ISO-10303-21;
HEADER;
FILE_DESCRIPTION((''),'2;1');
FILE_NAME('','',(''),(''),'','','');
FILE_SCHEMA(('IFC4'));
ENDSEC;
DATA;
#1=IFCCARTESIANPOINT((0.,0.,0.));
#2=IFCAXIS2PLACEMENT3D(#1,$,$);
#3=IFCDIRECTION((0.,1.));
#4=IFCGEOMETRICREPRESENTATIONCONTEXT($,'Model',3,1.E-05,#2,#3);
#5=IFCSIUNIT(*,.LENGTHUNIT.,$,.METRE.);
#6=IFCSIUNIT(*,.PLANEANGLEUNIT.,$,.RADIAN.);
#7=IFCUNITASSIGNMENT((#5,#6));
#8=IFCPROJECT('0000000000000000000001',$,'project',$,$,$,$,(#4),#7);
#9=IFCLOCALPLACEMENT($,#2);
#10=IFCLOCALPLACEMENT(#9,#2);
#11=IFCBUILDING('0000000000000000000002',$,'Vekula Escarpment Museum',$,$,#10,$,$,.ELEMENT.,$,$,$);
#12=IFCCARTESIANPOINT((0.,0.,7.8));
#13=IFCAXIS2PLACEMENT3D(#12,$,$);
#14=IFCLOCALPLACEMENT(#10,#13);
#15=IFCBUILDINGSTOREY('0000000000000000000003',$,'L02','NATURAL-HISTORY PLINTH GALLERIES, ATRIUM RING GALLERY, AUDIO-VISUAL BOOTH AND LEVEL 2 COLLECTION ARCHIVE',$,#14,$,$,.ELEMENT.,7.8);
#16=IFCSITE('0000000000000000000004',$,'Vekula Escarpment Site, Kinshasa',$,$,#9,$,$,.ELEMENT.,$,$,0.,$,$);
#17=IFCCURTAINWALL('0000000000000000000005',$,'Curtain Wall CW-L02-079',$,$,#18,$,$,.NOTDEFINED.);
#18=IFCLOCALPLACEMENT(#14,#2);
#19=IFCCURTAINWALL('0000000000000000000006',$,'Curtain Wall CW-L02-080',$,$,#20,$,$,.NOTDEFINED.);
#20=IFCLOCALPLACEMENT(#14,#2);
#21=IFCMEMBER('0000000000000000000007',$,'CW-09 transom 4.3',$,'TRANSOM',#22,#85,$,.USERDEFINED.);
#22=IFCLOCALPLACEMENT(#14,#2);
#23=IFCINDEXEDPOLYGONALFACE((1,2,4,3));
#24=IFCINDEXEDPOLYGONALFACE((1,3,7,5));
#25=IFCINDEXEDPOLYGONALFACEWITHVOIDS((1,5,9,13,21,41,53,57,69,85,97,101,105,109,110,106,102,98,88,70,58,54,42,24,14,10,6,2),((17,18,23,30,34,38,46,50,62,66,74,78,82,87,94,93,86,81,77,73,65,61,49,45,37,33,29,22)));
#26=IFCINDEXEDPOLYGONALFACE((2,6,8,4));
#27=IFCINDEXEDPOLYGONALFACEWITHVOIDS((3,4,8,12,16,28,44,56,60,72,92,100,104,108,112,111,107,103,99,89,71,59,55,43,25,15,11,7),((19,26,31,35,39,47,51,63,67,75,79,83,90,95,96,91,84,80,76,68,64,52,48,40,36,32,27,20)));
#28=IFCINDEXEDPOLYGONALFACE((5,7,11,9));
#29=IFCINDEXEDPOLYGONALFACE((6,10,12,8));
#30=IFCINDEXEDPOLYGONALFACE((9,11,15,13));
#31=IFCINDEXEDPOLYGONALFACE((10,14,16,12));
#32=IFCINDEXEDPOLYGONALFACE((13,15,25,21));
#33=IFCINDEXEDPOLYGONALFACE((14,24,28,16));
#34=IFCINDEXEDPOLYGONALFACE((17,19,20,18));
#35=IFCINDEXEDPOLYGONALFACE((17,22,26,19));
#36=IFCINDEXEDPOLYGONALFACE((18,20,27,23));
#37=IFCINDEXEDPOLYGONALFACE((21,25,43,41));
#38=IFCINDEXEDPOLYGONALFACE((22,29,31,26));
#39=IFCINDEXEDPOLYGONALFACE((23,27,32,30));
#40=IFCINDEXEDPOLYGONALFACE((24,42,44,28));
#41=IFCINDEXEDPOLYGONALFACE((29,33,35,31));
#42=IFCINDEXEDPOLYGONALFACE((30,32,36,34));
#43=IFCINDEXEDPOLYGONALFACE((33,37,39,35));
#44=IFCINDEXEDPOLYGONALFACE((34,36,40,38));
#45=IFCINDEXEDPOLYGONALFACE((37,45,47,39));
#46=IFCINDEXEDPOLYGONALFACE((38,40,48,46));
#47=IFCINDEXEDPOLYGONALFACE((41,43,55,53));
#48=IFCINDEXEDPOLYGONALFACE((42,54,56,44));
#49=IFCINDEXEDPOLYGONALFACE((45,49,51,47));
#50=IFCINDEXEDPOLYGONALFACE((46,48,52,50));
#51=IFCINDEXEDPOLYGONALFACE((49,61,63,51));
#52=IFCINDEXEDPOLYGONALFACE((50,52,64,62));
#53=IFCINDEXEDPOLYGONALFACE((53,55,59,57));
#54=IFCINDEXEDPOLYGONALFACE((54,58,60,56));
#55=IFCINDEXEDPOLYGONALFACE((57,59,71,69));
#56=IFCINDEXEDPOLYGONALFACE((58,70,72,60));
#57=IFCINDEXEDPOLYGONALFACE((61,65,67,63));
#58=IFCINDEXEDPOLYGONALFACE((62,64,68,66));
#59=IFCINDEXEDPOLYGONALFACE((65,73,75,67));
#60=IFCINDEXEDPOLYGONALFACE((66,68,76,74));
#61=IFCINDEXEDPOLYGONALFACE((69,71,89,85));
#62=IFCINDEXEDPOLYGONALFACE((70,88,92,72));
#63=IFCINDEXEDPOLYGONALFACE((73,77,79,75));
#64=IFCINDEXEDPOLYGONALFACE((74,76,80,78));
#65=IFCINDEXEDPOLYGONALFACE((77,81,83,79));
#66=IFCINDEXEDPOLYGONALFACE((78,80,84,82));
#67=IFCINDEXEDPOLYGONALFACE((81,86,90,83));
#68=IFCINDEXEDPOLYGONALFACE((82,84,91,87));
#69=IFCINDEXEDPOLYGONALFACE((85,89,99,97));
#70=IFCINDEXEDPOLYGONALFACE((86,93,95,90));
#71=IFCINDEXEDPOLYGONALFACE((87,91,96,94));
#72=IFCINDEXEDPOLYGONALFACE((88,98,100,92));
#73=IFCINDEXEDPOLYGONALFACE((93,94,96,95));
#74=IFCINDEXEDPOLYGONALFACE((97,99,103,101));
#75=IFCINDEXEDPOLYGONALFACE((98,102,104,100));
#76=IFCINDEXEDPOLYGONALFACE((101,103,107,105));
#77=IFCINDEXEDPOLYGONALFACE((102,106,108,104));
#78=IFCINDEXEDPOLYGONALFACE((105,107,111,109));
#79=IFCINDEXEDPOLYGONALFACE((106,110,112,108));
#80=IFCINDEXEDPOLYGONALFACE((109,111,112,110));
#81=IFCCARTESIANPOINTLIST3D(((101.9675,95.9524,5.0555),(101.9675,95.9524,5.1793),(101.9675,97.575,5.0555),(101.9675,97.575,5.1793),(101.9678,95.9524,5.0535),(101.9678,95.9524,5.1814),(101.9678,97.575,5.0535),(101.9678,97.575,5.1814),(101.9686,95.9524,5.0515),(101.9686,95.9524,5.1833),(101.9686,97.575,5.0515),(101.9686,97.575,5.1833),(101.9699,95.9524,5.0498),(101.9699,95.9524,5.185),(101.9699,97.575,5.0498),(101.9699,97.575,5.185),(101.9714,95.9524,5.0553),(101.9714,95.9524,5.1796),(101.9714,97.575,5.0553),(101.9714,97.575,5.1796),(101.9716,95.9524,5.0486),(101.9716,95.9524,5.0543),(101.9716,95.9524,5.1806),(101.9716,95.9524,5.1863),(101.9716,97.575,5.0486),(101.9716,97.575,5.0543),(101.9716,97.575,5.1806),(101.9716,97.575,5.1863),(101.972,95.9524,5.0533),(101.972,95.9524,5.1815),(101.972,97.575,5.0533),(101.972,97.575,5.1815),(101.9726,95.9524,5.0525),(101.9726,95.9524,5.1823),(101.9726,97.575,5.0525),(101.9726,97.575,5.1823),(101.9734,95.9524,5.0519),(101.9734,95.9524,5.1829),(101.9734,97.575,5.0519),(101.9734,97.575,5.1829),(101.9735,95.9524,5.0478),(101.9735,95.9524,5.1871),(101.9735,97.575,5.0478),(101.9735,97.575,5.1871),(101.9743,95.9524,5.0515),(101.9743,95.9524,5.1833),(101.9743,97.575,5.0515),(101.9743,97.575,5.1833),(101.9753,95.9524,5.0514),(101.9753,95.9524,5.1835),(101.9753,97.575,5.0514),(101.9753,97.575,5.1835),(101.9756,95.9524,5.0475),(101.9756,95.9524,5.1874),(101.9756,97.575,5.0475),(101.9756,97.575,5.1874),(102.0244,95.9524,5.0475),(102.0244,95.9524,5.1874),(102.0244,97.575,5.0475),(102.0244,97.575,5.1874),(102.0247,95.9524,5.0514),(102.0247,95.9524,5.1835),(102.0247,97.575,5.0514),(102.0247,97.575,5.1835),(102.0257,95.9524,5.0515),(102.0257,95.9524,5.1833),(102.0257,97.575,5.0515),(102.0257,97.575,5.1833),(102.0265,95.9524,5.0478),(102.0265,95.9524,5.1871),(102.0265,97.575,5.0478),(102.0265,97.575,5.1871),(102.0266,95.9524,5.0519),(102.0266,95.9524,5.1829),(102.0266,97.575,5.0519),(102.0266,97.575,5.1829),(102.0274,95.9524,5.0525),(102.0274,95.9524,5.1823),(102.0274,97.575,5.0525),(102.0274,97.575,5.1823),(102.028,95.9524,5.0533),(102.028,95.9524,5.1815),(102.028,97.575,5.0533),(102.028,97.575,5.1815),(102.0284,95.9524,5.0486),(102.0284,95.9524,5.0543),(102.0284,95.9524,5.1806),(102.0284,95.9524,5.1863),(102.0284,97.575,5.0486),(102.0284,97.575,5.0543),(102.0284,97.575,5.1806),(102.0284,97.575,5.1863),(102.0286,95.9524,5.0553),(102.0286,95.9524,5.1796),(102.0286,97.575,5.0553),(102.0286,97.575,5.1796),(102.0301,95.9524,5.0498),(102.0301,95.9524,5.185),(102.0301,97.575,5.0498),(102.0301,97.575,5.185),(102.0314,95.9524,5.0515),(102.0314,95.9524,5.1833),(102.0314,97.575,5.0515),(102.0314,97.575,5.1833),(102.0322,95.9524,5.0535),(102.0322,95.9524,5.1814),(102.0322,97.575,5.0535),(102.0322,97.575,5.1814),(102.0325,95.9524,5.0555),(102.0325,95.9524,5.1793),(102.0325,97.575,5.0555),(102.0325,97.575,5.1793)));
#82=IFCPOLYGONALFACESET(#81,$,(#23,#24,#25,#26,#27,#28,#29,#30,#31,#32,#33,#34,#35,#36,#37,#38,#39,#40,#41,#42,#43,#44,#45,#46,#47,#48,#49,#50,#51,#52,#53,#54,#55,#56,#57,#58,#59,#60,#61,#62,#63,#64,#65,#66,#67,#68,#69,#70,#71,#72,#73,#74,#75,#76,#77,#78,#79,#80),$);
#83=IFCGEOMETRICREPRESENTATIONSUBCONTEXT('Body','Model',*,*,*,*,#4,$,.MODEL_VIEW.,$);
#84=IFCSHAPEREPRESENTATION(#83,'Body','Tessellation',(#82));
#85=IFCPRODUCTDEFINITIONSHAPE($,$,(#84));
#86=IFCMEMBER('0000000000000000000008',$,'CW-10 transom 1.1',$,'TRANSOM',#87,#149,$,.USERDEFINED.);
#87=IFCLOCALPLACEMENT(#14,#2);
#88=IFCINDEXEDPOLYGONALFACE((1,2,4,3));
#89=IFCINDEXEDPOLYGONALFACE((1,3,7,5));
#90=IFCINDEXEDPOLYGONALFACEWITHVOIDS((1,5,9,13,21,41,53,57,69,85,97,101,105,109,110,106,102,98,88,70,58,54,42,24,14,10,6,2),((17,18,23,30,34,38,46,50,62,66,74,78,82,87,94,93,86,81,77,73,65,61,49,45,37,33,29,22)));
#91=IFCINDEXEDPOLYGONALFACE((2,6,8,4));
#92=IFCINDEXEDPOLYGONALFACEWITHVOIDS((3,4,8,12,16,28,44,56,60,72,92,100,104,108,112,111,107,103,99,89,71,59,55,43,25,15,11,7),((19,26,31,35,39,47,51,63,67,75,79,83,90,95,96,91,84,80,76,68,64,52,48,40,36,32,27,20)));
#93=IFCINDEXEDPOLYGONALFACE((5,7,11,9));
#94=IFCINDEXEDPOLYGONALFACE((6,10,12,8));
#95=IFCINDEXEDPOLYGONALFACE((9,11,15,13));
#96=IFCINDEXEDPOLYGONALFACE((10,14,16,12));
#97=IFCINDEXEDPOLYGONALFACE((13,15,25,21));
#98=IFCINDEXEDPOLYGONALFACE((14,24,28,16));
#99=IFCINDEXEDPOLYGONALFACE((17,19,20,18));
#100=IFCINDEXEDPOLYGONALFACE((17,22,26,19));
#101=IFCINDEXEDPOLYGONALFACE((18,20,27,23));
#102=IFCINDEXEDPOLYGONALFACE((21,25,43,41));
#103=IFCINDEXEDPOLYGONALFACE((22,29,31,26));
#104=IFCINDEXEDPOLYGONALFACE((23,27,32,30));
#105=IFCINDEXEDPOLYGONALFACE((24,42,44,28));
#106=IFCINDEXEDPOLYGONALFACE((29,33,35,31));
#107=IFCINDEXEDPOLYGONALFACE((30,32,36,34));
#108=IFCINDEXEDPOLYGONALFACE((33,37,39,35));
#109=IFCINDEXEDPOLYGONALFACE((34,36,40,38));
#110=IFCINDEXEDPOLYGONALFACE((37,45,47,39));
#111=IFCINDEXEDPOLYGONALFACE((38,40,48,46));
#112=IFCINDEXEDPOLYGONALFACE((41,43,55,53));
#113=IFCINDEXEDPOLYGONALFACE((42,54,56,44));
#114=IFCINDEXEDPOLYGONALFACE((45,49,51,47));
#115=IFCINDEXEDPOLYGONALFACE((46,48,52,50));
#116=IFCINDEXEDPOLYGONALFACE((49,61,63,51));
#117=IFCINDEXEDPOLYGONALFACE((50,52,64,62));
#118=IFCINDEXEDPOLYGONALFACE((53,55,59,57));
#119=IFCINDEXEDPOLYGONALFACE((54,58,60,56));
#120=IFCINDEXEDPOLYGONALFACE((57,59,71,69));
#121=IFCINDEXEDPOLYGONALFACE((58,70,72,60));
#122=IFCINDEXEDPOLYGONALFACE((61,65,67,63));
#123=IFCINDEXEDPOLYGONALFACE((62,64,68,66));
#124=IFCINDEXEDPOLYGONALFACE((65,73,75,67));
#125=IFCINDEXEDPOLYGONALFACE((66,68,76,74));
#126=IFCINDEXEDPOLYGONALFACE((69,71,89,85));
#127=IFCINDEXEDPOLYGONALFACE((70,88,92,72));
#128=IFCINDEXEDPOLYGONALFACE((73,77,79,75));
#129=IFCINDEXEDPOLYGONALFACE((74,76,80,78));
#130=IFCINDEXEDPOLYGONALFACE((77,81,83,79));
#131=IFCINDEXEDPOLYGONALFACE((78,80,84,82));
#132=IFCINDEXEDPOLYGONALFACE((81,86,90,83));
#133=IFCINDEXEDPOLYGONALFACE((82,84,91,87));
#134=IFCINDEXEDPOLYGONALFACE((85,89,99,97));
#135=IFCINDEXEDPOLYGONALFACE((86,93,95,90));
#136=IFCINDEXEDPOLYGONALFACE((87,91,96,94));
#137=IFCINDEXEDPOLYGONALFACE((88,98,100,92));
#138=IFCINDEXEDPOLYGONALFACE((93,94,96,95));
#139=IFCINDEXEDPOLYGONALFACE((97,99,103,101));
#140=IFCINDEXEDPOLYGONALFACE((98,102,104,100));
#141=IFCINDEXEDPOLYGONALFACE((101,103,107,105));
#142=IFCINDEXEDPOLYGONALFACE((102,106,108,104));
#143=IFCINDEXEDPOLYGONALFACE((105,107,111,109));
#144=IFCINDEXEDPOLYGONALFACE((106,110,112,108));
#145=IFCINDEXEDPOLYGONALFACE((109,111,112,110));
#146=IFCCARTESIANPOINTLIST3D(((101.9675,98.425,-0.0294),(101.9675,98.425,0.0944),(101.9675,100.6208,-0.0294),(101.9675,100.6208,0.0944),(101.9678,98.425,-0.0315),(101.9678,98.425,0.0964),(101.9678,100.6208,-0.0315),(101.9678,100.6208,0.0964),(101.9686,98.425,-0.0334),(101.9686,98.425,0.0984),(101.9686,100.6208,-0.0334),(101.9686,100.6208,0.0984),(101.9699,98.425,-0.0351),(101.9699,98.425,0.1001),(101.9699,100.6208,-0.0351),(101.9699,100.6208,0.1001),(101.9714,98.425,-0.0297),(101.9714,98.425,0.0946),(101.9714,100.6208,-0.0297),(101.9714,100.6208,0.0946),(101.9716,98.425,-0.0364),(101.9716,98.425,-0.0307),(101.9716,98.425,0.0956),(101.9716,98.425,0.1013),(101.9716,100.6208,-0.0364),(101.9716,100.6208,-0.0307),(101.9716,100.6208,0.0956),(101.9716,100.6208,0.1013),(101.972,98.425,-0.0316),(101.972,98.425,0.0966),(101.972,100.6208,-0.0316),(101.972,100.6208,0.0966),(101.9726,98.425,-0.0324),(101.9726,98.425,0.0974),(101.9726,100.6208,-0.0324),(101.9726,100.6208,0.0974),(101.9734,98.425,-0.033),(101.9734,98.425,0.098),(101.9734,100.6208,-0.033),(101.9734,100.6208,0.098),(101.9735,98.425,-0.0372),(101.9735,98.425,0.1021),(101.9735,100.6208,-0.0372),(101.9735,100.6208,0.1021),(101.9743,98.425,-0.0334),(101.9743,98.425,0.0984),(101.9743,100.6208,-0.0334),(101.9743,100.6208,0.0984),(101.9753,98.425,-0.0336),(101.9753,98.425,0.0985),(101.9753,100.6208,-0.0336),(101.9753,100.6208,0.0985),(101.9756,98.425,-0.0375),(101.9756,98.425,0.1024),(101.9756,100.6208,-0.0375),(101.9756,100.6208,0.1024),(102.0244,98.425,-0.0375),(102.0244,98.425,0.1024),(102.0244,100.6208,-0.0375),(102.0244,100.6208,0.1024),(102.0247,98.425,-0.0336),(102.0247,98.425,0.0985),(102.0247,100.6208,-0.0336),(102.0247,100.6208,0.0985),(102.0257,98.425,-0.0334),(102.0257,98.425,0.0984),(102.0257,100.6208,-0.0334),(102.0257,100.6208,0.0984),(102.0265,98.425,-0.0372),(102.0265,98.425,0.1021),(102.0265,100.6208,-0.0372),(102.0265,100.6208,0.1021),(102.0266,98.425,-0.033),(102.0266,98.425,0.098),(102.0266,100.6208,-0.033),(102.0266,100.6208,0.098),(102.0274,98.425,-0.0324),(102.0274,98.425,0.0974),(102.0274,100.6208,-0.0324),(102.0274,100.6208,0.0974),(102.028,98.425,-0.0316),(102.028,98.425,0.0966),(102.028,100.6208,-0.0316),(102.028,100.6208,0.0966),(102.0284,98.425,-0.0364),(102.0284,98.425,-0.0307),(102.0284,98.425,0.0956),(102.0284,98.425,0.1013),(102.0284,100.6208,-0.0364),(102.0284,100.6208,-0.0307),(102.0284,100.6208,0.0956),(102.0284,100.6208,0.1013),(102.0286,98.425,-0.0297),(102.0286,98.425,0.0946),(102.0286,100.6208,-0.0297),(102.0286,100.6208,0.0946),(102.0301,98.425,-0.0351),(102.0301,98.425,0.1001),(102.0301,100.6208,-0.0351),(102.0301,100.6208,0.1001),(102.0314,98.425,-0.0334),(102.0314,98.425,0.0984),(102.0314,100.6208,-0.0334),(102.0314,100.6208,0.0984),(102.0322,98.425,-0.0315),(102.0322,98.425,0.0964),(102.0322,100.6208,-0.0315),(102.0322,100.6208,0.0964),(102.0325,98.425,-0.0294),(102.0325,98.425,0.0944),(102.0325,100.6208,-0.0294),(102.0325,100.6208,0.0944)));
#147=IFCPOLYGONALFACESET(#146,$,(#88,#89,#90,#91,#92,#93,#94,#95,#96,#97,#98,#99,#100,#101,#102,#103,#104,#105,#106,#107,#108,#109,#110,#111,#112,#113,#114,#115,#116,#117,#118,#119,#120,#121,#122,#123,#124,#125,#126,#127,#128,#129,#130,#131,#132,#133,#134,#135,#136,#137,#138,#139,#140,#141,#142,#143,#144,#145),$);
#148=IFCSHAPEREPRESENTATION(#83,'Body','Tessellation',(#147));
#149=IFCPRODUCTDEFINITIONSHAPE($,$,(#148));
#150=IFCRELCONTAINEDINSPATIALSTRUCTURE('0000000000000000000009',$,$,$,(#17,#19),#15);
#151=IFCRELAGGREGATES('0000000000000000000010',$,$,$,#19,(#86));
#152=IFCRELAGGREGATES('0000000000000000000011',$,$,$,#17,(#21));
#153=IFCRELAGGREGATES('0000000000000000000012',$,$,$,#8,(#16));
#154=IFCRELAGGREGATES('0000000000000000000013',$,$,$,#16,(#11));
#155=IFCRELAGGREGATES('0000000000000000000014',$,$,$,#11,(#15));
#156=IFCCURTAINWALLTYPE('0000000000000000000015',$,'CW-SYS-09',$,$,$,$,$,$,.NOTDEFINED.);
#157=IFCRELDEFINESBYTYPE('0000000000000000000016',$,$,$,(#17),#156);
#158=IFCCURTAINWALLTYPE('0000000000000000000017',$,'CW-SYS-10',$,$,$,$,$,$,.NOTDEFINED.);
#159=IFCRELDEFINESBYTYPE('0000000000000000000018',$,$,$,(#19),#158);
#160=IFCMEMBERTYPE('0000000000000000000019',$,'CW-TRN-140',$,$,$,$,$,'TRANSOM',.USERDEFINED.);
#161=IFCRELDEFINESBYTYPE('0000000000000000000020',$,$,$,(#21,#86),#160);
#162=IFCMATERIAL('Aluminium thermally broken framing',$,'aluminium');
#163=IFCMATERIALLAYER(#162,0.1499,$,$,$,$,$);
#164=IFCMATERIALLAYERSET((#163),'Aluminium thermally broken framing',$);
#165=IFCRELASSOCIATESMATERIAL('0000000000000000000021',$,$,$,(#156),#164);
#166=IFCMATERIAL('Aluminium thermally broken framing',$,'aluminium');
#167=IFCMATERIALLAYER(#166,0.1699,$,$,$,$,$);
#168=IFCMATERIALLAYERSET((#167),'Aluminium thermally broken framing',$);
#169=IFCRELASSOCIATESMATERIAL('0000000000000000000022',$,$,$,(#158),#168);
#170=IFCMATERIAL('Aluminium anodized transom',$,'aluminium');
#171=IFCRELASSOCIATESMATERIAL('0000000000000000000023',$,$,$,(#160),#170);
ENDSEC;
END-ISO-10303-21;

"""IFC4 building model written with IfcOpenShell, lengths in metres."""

from ifc_helpers import new_model, si_unit, direction, frame, origin, origin_2d, place, context, subcontext, project, spatial, hollow_rectangle, extrude, material, layer, layer_set, material_profile, profile_set, type_object, element, aggregate, save


model = new_model("IFC4")

# Units and contexts
model_context = context("Model", 3, precision=1e-05, world=origin(), true_north=direction((0.0, 1.0)))
body_context = subcontext(model_context, "Body", "Model", "MODEL_VIEW")
ifc_project = project(units=[si_unit("LENGTHUNIT", "METRE"), si_unit("PLANEANGLEUNIT", "RADIAN")], contexts=[model_context])

# Site, building, storey
site_placement = place(None, origin())
site = spatial("IfcSite", under=ifc_project, at=site_placement, Name="Vekula Escarpment Site, Kinshasa", CompositionType="ELEMENT", RefElevation=0.0)
building_placement = place(site_placement, origin())
building = spatial("IfcBuilding", under=site, at=building_placement, Name="Vekula Escarpment Museum", CompositionType="ELEMENT")
storey_placement = place(building_placement, frame((0.0, 0.0, 7.8)))
storey = spatial("IfcBuildingStorey", under=building, at=storey_placement, Name="L02", Description="NATURAL-HISTORY PLINTH GALLERIES, ATRIUM RING GALLERY, AUDIO-VISUAL BOOTH AND LEVEL 2 COLLECTION ARCHIVE", CompositionType="ELEMENT", Elevation=7.8)

# Curtain wall
ifc_material_1 = material(Name="Aluminium thermally broken framing", Category="aluminium")
ifc_layer_1 = layer(ifc_material_1, 0.1499)
ifc_layer_set_1 = layer_set([ifc_layer_1], Name="Aluminium thermally broken framing")
curtain_wall_type_1 = type_object("IfcCurtainWallType", Name="CW-SYS-09", PredefinedType="NOTDEFINED", material=ifc_layer_set_1)
curtain_wall_1_placement = place(storey_placement, origin())
curtain_wall_1 = element("IfcCurtainWall", 1, at=curtain_wall_1_placement, inside=storey, type_object=curtain_wall_type_1, Name="Curtain Wall CW-L02-079", PredefinedType="NOTDEFINED")

# Curtain wall
ifc_material_2 = material(Name="Aluminium thermally broken framing", Category="aluminium")
ifc_layer_2 = layer(ifc_material_2, 0.1699)
ifc_layer_set_2 = layer_set([ifc_layer_2], Name="Aluminium thermally broken framing")
curtain_wall_type_2 = type_object("IfcCurtainWallType", Name="CW-SYS-10", PredefinedType="NOTDEFINED", material=ifc_layer_set_2)
curtain_wall_2_placement = place(storey_placement, origin())
curtain_wall_2 = element("IfcCurtainWall", 2, at=curtain_wall_2_placement, inside=storey, type_object=curtain_wall_type_2, Name="Curtain Wall CW-L02-080", PredefinedType="NOTDEFINED")

# Members
ifc_material_3 = material(Name="Aluminium anodized transom", Category="aluminium")
ifc_material_profile_1 = material_profile(ifc_material_3, hollow_rectangle(XDim=0.0649, YDim=0.1399, WallThickness=0.0039, InnerFilletRadius=0.0039, OuterFilletRadius=0.0081, at=origin_2d()), Name="ALU 140x65x4")
ifc_profile_set_1 = profile_set([ifc_material_profile_1], Name="Aluminium anodized transom")
member_type_1 = type_object("IfcMemberType", Name="CW-TRN-140", ElementType="TRANSOM", PredefinedType="USERDEFINED", material=ifc_profile_set_1)
member_1_placement = place(storey_placement, frame((102.0, 95.9524, 5.1174), z_axis=(0.0, 1.0, 0.0), x_axis=(-1.0, 0.0, 0.0)))
member_1 = element("IfcMember", 3, at=member_1_placement, type_object=member_type_1, Name="CW-09 transom 4.3", ObjectType="TRANSOM", PredefinedType="USERDEFINED", context=body_context, shape_type="SweptSolid", body=[
    extrude(hollow_rectangle(XDim=0.0649, YDim=0.1399, WallThickness=0.0039, InnerFilletRadius=0.0039, OuterFilletRadius=0.0081, at=origin_2d()), origin(), (0.0, 0.0, 1.0), 1.6226),
])
member_2_placement = place(storey_placement, frame((102.0, 98.425, 0.0325), z_axis=(0.0, 1.0, 0.0), x_axis=(-1.0, 0.0, 0.0)))
member_2 = element("IfcMember", 4, at=member_2_placement, type_object=member_type_1, Name="CW-10 transom 1.1", ObjectType="TRANSOM", PredefinedType="USERDEFINED", context=body_context, shape_type="SweptSolid", body=[
    extrude(hollow_rectangle(XDim=0.0649, YDim=0.1399, WallThickness=0.0039, InnerFilletRadius=0.0039, OuterFilletRadius=0.0081, at=origin_2d()), origin(), (0.0, 0.0, 1.0), 2.1958),
])
aggregate(curtain_wall_2, [member_2])

aggregate(curtain_wall_1, [member_1])

save(model, "model.ifc")
